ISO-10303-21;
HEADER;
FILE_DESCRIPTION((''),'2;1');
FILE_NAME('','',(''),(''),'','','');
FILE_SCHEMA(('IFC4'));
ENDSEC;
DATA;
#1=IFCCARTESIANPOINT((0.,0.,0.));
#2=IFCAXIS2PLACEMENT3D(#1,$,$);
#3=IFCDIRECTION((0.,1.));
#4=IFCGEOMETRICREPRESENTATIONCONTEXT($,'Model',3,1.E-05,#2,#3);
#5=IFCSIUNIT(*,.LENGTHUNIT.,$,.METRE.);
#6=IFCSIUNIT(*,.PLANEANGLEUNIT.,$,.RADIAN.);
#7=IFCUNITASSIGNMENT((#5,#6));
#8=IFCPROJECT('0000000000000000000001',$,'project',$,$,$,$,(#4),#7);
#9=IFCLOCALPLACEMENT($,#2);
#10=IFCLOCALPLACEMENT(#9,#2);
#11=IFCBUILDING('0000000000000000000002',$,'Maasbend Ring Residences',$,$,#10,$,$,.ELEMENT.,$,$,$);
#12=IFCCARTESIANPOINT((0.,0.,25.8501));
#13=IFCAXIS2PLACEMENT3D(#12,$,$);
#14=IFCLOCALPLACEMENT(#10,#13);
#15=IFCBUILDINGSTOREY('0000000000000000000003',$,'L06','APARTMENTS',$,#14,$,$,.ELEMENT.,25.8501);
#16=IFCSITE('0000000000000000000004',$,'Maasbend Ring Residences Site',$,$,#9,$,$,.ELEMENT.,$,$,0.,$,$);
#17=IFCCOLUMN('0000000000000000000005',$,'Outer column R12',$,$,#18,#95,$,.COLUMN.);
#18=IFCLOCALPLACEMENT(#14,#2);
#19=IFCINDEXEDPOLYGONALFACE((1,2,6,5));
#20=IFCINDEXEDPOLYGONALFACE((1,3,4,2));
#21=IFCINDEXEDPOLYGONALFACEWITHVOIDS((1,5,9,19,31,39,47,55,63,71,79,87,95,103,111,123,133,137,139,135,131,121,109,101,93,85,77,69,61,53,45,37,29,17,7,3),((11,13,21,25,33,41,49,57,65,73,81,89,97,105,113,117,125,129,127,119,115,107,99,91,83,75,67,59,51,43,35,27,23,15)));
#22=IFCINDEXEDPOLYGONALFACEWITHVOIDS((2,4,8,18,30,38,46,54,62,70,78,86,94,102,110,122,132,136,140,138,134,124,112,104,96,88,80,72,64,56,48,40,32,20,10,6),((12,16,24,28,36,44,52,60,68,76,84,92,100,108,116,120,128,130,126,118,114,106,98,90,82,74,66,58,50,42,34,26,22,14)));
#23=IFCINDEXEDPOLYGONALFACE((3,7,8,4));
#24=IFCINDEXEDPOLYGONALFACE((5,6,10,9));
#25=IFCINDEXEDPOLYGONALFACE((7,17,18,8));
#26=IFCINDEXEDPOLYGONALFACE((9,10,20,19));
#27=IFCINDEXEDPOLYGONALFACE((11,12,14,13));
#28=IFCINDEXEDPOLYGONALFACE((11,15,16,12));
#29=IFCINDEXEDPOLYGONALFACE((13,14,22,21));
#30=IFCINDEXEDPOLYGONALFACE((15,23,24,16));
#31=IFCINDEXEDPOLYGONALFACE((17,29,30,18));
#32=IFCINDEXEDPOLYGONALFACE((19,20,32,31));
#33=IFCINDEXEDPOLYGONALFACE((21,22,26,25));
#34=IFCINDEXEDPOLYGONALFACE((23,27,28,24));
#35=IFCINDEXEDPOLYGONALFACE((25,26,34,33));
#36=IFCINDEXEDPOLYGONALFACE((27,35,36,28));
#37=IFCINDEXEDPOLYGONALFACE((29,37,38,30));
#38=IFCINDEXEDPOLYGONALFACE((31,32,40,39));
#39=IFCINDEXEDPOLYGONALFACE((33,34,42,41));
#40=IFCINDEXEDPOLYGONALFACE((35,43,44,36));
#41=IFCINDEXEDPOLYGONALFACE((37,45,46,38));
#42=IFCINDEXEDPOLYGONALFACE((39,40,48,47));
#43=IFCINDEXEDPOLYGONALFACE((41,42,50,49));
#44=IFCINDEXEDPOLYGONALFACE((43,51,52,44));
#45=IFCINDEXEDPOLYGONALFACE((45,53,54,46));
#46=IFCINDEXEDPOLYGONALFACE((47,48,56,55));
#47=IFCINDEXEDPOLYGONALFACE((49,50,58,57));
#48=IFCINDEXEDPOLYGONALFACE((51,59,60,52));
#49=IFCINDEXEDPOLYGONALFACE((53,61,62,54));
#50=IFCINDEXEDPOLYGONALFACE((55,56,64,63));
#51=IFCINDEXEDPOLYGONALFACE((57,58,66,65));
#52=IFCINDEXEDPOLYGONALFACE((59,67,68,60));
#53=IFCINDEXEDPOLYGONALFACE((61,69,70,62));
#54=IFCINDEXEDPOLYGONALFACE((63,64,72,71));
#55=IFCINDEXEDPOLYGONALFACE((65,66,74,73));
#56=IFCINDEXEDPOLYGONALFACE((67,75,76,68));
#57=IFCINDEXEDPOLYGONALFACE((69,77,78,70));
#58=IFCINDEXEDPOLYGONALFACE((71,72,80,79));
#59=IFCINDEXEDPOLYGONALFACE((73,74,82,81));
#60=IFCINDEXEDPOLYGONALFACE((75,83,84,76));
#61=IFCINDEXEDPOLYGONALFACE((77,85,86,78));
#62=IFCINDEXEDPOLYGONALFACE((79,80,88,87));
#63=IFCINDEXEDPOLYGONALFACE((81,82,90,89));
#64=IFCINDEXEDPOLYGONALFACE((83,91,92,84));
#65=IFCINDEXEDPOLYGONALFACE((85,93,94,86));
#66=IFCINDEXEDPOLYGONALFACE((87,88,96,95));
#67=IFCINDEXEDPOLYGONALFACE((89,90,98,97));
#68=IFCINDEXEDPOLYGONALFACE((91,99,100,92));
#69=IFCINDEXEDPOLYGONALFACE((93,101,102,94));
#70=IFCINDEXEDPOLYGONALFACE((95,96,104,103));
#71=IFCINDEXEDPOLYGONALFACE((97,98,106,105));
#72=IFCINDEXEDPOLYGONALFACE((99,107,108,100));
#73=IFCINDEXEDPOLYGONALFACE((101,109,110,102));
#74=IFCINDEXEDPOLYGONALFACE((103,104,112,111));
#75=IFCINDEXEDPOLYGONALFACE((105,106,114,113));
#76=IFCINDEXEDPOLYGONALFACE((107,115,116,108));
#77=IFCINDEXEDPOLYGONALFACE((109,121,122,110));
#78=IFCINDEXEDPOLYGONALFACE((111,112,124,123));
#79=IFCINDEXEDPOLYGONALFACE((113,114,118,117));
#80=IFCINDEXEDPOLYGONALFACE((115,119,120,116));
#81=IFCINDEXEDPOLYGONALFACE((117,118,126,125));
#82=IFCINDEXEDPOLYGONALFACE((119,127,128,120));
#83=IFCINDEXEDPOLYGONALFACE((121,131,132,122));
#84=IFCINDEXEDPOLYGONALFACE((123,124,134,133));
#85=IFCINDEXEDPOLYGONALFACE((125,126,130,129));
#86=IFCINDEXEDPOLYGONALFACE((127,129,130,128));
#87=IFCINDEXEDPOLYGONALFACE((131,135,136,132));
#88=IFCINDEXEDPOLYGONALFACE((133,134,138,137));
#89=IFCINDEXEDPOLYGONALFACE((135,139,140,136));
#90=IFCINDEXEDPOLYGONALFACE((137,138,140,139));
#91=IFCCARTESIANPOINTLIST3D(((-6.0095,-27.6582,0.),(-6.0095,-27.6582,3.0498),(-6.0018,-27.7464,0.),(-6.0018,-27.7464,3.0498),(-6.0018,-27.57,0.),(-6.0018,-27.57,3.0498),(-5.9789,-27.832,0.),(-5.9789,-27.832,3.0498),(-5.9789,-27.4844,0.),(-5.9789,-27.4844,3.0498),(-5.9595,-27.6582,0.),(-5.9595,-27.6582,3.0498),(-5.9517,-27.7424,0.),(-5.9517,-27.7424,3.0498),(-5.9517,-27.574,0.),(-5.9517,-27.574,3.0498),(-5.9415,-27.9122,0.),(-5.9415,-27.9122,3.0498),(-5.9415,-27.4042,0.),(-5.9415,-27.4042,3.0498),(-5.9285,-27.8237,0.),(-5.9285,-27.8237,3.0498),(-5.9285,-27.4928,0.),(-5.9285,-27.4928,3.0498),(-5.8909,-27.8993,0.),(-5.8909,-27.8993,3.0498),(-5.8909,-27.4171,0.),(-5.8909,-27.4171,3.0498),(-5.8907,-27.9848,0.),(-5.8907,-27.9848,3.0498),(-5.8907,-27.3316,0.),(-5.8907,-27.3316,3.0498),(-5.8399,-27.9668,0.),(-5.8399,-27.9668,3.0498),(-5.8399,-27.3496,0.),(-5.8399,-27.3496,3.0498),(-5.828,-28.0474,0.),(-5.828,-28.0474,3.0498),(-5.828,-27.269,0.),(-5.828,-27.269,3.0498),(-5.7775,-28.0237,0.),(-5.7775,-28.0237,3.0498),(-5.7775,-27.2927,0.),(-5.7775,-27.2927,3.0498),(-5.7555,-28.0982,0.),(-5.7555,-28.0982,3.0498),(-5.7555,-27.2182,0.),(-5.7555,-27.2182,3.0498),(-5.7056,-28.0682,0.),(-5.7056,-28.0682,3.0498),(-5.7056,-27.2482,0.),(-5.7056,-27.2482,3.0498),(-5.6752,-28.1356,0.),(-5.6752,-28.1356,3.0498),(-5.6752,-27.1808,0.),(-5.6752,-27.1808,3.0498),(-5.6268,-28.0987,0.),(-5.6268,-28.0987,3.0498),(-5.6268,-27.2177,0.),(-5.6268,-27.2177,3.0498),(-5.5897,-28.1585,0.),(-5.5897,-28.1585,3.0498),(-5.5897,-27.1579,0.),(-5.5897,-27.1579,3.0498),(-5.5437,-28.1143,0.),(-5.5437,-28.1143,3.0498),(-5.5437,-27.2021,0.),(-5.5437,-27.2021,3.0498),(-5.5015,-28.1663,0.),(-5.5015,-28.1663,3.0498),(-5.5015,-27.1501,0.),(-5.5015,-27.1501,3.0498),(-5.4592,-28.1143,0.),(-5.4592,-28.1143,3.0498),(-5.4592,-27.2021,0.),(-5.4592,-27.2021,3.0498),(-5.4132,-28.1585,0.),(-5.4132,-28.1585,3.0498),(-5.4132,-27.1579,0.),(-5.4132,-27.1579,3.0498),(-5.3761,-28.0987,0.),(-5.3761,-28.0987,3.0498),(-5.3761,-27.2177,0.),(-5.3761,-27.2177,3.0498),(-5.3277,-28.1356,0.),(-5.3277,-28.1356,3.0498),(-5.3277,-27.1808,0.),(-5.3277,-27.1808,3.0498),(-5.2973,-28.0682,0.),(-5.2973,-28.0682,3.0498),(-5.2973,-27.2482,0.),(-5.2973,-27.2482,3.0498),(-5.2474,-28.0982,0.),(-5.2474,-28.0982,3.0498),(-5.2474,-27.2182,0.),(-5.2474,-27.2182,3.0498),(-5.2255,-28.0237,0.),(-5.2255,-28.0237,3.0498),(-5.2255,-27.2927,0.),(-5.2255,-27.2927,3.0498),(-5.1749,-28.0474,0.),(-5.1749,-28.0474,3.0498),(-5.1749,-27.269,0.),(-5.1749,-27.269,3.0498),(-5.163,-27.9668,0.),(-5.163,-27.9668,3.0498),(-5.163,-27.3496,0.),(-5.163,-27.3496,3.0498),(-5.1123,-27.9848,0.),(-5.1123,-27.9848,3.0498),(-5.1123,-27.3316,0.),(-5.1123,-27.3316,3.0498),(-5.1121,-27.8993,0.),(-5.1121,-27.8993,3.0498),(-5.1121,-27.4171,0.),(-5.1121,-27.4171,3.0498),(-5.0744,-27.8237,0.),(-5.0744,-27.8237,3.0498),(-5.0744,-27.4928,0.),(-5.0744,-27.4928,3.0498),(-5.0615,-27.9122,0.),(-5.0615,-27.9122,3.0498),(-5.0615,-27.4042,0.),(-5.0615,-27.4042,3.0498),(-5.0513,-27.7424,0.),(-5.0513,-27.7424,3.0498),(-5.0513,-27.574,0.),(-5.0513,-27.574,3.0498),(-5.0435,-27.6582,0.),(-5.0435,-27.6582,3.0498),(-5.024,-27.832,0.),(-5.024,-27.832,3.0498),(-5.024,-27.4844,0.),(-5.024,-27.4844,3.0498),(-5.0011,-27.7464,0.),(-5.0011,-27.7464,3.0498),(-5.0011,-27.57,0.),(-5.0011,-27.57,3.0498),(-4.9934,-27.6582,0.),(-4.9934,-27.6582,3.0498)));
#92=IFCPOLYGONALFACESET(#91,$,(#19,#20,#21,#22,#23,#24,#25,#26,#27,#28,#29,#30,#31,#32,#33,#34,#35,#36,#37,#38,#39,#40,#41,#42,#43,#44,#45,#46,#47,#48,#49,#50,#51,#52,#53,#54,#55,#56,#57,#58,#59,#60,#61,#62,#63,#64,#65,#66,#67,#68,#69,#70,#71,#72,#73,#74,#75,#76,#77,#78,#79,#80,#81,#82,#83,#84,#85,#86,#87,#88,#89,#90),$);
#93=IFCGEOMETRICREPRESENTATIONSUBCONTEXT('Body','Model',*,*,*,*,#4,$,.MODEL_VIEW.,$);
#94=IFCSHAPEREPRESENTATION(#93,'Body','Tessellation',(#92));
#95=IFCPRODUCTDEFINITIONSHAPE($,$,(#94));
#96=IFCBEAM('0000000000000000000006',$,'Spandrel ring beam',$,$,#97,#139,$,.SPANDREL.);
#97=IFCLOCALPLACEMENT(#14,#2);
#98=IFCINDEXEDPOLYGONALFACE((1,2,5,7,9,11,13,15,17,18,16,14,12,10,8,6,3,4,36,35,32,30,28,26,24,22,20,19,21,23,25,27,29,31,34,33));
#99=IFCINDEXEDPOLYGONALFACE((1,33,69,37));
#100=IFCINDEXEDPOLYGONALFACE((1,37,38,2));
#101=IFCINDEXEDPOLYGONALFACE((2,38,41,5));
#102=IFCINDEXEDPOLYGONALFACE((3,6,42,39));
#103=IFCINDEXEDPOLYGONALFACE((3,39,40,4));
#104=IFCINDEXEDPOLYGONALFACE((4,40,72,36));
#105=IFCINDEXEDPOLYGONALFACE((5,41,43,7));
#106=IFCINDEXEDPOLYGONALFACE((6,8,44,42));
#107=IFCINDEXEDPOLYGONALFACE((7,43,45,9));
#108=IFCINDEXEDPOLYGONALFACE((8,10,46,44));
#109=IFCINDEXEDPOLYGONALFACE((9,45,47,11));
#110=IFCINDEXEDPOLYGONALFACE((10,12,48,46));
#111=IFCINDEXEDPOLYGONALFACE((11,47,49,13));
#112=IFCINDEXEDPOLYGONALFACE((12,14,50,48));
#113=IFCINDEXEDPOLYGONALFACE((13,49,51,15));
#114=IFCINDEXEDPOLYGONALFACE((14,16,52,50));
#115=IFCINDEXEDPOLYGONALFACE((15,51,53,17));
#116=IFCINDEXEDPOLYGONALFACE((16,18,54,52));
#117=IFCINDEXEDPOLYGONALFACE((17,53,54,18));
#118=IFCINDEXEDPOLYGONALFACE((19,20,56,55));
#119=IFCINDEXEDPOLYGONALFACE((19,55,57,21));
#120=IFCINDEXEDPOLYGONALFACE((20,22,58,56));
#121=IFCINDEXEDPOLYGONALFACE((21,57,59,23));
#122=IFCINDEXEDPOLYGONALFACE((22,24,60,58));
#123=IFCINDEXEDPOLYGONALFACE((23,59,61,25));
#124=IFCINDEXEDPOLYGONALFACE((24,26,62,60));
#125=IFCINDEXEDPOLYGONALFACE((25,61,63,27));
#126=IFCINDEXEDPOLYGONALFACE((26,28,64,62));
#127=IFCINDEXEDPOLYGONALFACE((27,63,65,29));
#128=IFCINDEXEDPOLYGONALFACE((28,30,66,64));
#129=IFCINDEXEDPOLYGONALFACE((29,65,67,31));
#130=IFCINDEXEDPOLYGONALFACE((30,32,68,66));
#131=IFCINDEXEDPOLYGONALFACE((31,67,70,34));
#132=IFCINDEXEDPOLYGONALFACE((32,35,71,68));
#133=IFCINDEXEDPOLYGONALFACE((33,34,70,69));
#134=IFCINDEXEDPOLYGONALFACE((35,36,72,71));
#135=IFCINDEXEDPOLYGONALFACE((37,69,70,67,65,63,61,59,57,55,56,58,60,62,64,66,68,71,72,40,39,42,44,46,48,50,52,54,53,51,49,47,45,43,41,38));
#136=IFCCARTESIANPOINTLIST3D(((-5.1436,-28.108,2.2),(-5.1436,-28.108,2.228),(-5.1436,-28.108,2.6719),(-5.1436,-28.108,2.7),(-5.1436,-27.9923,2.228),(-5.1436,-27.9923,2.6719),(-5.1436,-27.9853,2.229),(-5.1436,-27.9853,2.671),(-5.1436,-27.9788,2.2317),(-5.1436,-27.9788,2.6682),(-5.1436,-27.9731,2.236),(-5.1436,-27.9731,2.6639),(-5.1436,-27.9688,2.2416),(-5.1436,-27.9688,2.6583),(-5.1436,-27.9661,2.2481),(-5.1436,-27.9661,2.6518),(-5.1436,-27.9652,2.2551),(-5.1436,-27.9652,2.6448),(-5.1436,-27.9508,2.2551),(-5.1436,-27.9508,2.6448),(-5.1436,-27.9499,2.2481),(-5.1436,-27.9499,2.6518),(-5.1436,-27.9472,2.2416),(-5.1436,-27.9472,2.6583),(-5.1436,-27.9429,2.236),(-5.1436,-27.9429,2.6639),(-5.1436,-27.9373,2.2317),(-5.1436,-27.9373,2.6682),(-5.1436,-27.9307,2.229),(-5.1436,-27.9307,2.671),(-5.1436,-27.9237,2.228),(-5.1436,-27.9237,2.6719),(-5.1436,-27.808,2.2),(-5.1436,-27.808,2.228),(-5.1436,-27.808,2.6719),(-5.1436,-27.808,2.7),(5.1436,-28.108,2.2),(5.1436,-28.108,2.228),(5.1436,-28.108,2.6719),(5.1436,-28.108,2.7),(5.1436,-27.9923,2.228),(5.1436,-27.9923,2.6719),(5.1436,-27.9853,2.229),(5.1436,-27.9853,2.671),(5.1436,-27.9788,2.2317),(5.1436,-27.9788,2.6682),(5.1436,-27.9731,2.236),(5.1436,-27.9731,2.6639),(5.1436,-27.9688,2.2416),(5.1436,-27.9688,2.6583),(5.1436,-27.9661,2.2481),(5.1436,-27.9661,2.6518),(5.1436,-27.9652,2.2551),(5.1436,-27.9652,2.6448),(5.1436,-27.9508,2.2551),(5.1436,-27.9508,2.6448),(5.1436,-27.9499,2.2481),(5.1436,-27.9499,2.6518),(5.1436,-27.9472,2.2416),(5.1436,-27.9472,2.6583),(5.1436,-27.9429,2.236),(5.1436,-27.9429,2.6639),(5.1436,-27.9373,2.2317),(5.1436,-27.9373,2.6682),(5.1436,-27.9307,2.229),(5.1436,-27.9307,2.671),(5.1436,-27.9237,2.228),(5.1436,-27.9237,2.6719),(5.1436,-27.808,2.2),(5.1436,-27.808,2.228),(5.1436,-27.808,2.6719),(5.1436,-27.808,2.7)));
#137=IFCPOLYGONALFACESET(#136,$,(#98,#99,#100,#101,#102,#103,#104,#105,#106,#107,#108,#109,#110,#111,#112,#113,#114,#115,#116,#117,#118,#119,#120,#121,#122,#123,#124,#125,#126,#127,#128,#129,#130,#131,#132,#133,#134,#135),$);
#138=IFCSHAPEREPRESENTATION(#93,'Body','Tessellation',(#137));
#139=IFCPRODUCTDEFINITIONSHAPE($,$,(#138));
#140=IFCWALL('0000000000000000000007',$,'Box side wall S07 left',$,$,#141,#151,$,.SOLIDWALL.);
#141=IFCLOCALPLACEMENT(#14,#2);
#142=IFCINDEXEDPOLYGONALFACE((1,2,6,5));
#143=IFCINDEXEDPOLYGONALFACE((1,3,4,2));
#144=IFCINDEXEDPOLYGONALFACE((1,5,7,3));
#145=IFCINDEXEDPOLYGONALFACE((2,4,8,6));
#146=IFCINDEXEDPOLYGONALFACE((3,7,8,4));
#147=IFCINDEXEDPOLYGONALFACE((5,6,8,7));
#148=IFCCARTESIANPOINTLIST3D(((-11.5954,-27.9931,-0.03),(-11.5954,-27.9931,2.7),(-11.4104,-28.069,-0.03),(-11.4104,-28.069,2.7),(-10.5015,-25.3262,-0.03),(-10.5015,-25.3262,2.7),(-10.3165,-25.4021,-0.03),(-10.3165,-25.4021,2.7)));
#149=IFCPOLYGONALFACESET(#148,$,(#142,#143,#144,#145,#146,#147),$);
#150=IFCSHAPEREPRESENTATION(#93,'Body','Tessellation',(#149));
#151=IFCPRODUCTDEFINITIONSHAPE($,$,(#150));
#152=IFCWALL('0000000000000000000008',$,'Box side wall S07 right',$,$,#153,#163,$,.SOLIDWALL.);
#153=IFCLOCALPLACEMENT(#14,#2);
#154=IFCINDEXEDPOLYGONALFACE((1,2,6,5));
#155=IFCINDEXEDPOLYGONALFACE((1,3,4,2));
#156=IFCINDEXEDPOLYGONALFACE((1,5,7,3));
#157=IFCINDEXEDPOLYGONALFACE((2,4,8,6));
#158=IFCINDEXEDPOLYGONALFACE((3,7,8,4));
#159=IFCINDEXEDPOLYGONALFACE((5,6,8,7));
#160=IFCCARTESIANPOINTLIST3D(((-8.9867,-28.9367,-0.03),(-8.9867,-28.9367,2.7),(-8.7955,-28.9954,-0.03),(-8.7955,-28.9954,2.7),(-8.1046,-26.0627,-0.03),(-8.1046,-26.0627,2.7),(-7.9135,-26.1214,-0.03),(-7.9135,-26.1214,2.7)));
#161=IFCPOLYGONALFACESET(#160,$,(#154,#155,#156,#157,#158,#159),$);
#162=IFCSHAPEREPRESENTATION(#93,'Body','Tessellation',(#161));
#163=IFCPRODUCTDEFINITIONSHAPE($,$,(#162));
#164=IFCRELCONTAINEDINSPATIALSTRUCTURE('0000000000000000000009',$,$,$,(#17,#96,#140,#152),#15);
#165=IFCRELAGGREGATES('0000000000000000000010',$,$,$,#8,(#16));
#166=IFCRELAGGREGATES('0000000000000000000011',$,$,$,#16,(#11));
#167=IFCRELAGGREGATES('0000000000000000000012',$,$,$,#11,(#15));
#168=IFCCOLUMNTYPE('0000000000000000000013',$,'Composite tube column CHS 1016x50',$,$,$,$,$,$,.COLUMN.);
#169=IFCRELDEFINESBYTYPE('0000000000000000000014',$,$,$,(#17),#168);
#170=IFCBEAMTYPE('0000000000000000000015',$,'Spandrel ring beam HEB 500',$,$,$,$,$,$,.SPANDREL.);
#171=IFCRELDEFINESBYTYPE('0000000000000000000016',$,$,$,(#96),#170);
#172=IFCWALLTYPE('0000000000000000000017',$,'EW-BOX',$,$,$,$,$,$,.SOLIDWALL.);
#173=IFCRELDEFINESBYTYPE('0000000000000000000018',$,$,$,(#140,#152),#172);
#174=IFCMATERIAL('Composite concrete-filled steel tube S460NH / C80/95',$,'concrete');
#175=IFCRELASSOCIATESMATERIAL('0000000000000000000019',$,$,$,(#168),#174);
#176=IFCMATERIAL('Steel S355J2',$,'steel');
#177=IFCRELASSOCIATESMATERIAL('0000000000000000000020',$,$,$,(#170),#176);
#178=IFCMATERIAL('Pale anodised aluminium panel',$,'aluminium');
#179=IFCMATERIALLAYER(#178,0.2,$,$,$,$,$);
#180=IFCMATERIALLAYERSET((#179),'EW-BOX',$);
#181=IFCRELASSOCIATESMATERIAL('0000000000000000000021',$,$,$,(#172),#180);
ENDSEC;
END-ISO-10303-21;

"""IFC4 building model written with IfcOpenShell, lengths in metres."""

from ifc_helpers import new_model, si_unit, direction, frame, frame_2d, origin, origin_2d, place, context, subcontext, project, spatial, rectangle, hollow_circle, i_section, extrude, material, layer, layer_set, material_profile, profile_set, type_object, element, save


model = new_model("IFC4")

# Units and contexts
model_context = context("Model", 3, precision=1e-05, world=origin(), true_north=direction((0.0, 1.0)))
body_context = subcontext(model_context, "Body", "Model", "MODEL_VIEW")
ifc_project = project(units=[si_unit("LENGTHUNIT", "METRE"), si_unit("PLANEANGLEUNIT", "RADIAN")], contexts=[model_context])

# Site, building, storey
site_placement = place(None, origin())
site = spatial("IfcSite", under=ifc_project, at=site_placement, Name="Maasbend Ring Residences Site", CompositionType="ELEMENT", RefElevation=0.0)
building_placement = place(site_placement, origin())
building = spatial("IfcBuilding", under=site, at=building_placement, Name="Maasbend Ring Residences", CompositionType="ELEMENT")
storey_placement = place(building_placement, frame((0.0, 0.0, 25.8501)))
storey = spatial("IfcBuildingStorey", under=building, at=storey_placement, Name="L06", Description="APARTMENTS", CompositionType="ELEMENT", Elevation=25.8501)

# Column
ifc_material_1 = material(Name="Composite concrete-filled steel tube S460NH / C80/95", Category="concrete")
ifc_material_profile_1 = material_profile(ifc_material_1, hollow_circle(Radius=0.5081, WallThickness=0.05, at=origin_2d()), Name="Composite tube column CHS 1016x50")
ifc_profile_set_1 = profile_set([ifc_material_profile_1], Name="Composite concrete-filled steel tube S460NH / C80/95")
column_type = type_object("IfcColumnType", Name="Composite tube column CHS 1016x50", PredefinedType="COLUMN", material=ifc_profile_set_1)
column_placement = place(storey_placement, frame((-5.5015, -27.6582, 0.0), z_axis=(0.0, 0.0, 1.0), x_axis=(1.0, 0.0, 0.0)))
element("IfcColumn", 1, at=column_placement, inside=storey, type_object=column_type, Name="Outer column R12", PredefinedType="COLUMN", context=body_context, shape_type="SweptSolid", body=[
    extrude(hollow_circle(Radius=0.5081, WallThickness=0.05, at=origin_2d()), origin(), (0.0, 0.0, 1.0), 3.0498),
])

# Beam
ifc_material_2 = material(Name="Steel S355J2", Category="steel")
ifc_material_profile_2 = material_profile(ifc_material_2, i_section(OverallWidth=0.3, OverallDepth=0.5, WebThickness=0.0144, FlangeThickness=0.0281, FilletRadius=0.0271, at=origin_2d()), Name="HEB 500")
ifc_profile_set_2 = profile_set([ifc_material_profile_2], Name="Steel S355J2")
beam_type = type_object("IfcBeamType", Name="Spandrel ring beam HEB 500", PredefinedType="SPANDREL", material=ifc_profile_set_2)
beam_placement = place(storey_placement, frame((-5.1436, -27.958, 2.45), z_axis=(1.0, 0.0, 0.0), x_axis=(0.0, 1.0, 0.0)))
element("IfcBeam", 2, at=beam_placement, inside=storey, type_object=beam_type, Name="Spandrel ring beam", PredefinedType="SPANDREL", context=body_context, shape_type="SweptSolid", body=[
    extrude(i_section(OverallWidth=0.3, OverallDepth=0.5, WebThickness=0.0144, FlangeThickness=0.0281, FilletRadius=0.0271, at=origin_2d()), origin(), (0.0, 0.0, 1.0), 10.2871),
])

# Walls
ifc_material_3 = material(Name="Pale anodised aluminium panel", Category="aluminium")
ifc_layer_1 = layer(ifc_material_3, 0.2)
ifc_layer_set_1 = layer_set([ifc_layer_1], Name="EW-BOX")
wall_type_1 = type_object("IfcWallType", Name="EW-BOX", PredefinedType="SOLIDWALL", material=ifc_layer_set_1)
wall_1_placement = place(storey_placement, frame((-10.4089, -25.364, -0.03), z_axis=(0.0, 0.0, 1.0), x_axis=(-0.37951, -0.925188, 0.0)))
element("IfcWall", 3, at=wall_1_placement, inside=storey, type_object=wall_type_1, Name="Box side wall S07 left", PredefinedType="SOLIDWALL", context=body_context, shape_type="SweptSolid", body=[
    extrude(rectangle(XDim=2.8826, YDim=0.2, at=frame_2d((1.4414, 0.0))), origin(), (0.0, 0.0, 1.0), 2.73),
])
wall_2_placement = place(storey_placement, frame((-8.009, -26.092, -0.03), z_axis=(0.0, 0.0, 1.0), x_axis=(-0.293407, -0.955988, 0.0)))
element("IfcWall", 4, at=wall_2_placement, inside=storey, type_object=wall_type_1, Name="Box side wall S07 right", PredefinedType="SOLIDWALL", context=body_context, shape_type="SweptSolid", body=[
    extrude(rectangle(XDim=3.0063, YDim=0.2, at=frame_2d((1.5032, 0.0))), origin(), (0.0, 0.0, 1.0), 2.73),
])

save(model, "model.ifc")
